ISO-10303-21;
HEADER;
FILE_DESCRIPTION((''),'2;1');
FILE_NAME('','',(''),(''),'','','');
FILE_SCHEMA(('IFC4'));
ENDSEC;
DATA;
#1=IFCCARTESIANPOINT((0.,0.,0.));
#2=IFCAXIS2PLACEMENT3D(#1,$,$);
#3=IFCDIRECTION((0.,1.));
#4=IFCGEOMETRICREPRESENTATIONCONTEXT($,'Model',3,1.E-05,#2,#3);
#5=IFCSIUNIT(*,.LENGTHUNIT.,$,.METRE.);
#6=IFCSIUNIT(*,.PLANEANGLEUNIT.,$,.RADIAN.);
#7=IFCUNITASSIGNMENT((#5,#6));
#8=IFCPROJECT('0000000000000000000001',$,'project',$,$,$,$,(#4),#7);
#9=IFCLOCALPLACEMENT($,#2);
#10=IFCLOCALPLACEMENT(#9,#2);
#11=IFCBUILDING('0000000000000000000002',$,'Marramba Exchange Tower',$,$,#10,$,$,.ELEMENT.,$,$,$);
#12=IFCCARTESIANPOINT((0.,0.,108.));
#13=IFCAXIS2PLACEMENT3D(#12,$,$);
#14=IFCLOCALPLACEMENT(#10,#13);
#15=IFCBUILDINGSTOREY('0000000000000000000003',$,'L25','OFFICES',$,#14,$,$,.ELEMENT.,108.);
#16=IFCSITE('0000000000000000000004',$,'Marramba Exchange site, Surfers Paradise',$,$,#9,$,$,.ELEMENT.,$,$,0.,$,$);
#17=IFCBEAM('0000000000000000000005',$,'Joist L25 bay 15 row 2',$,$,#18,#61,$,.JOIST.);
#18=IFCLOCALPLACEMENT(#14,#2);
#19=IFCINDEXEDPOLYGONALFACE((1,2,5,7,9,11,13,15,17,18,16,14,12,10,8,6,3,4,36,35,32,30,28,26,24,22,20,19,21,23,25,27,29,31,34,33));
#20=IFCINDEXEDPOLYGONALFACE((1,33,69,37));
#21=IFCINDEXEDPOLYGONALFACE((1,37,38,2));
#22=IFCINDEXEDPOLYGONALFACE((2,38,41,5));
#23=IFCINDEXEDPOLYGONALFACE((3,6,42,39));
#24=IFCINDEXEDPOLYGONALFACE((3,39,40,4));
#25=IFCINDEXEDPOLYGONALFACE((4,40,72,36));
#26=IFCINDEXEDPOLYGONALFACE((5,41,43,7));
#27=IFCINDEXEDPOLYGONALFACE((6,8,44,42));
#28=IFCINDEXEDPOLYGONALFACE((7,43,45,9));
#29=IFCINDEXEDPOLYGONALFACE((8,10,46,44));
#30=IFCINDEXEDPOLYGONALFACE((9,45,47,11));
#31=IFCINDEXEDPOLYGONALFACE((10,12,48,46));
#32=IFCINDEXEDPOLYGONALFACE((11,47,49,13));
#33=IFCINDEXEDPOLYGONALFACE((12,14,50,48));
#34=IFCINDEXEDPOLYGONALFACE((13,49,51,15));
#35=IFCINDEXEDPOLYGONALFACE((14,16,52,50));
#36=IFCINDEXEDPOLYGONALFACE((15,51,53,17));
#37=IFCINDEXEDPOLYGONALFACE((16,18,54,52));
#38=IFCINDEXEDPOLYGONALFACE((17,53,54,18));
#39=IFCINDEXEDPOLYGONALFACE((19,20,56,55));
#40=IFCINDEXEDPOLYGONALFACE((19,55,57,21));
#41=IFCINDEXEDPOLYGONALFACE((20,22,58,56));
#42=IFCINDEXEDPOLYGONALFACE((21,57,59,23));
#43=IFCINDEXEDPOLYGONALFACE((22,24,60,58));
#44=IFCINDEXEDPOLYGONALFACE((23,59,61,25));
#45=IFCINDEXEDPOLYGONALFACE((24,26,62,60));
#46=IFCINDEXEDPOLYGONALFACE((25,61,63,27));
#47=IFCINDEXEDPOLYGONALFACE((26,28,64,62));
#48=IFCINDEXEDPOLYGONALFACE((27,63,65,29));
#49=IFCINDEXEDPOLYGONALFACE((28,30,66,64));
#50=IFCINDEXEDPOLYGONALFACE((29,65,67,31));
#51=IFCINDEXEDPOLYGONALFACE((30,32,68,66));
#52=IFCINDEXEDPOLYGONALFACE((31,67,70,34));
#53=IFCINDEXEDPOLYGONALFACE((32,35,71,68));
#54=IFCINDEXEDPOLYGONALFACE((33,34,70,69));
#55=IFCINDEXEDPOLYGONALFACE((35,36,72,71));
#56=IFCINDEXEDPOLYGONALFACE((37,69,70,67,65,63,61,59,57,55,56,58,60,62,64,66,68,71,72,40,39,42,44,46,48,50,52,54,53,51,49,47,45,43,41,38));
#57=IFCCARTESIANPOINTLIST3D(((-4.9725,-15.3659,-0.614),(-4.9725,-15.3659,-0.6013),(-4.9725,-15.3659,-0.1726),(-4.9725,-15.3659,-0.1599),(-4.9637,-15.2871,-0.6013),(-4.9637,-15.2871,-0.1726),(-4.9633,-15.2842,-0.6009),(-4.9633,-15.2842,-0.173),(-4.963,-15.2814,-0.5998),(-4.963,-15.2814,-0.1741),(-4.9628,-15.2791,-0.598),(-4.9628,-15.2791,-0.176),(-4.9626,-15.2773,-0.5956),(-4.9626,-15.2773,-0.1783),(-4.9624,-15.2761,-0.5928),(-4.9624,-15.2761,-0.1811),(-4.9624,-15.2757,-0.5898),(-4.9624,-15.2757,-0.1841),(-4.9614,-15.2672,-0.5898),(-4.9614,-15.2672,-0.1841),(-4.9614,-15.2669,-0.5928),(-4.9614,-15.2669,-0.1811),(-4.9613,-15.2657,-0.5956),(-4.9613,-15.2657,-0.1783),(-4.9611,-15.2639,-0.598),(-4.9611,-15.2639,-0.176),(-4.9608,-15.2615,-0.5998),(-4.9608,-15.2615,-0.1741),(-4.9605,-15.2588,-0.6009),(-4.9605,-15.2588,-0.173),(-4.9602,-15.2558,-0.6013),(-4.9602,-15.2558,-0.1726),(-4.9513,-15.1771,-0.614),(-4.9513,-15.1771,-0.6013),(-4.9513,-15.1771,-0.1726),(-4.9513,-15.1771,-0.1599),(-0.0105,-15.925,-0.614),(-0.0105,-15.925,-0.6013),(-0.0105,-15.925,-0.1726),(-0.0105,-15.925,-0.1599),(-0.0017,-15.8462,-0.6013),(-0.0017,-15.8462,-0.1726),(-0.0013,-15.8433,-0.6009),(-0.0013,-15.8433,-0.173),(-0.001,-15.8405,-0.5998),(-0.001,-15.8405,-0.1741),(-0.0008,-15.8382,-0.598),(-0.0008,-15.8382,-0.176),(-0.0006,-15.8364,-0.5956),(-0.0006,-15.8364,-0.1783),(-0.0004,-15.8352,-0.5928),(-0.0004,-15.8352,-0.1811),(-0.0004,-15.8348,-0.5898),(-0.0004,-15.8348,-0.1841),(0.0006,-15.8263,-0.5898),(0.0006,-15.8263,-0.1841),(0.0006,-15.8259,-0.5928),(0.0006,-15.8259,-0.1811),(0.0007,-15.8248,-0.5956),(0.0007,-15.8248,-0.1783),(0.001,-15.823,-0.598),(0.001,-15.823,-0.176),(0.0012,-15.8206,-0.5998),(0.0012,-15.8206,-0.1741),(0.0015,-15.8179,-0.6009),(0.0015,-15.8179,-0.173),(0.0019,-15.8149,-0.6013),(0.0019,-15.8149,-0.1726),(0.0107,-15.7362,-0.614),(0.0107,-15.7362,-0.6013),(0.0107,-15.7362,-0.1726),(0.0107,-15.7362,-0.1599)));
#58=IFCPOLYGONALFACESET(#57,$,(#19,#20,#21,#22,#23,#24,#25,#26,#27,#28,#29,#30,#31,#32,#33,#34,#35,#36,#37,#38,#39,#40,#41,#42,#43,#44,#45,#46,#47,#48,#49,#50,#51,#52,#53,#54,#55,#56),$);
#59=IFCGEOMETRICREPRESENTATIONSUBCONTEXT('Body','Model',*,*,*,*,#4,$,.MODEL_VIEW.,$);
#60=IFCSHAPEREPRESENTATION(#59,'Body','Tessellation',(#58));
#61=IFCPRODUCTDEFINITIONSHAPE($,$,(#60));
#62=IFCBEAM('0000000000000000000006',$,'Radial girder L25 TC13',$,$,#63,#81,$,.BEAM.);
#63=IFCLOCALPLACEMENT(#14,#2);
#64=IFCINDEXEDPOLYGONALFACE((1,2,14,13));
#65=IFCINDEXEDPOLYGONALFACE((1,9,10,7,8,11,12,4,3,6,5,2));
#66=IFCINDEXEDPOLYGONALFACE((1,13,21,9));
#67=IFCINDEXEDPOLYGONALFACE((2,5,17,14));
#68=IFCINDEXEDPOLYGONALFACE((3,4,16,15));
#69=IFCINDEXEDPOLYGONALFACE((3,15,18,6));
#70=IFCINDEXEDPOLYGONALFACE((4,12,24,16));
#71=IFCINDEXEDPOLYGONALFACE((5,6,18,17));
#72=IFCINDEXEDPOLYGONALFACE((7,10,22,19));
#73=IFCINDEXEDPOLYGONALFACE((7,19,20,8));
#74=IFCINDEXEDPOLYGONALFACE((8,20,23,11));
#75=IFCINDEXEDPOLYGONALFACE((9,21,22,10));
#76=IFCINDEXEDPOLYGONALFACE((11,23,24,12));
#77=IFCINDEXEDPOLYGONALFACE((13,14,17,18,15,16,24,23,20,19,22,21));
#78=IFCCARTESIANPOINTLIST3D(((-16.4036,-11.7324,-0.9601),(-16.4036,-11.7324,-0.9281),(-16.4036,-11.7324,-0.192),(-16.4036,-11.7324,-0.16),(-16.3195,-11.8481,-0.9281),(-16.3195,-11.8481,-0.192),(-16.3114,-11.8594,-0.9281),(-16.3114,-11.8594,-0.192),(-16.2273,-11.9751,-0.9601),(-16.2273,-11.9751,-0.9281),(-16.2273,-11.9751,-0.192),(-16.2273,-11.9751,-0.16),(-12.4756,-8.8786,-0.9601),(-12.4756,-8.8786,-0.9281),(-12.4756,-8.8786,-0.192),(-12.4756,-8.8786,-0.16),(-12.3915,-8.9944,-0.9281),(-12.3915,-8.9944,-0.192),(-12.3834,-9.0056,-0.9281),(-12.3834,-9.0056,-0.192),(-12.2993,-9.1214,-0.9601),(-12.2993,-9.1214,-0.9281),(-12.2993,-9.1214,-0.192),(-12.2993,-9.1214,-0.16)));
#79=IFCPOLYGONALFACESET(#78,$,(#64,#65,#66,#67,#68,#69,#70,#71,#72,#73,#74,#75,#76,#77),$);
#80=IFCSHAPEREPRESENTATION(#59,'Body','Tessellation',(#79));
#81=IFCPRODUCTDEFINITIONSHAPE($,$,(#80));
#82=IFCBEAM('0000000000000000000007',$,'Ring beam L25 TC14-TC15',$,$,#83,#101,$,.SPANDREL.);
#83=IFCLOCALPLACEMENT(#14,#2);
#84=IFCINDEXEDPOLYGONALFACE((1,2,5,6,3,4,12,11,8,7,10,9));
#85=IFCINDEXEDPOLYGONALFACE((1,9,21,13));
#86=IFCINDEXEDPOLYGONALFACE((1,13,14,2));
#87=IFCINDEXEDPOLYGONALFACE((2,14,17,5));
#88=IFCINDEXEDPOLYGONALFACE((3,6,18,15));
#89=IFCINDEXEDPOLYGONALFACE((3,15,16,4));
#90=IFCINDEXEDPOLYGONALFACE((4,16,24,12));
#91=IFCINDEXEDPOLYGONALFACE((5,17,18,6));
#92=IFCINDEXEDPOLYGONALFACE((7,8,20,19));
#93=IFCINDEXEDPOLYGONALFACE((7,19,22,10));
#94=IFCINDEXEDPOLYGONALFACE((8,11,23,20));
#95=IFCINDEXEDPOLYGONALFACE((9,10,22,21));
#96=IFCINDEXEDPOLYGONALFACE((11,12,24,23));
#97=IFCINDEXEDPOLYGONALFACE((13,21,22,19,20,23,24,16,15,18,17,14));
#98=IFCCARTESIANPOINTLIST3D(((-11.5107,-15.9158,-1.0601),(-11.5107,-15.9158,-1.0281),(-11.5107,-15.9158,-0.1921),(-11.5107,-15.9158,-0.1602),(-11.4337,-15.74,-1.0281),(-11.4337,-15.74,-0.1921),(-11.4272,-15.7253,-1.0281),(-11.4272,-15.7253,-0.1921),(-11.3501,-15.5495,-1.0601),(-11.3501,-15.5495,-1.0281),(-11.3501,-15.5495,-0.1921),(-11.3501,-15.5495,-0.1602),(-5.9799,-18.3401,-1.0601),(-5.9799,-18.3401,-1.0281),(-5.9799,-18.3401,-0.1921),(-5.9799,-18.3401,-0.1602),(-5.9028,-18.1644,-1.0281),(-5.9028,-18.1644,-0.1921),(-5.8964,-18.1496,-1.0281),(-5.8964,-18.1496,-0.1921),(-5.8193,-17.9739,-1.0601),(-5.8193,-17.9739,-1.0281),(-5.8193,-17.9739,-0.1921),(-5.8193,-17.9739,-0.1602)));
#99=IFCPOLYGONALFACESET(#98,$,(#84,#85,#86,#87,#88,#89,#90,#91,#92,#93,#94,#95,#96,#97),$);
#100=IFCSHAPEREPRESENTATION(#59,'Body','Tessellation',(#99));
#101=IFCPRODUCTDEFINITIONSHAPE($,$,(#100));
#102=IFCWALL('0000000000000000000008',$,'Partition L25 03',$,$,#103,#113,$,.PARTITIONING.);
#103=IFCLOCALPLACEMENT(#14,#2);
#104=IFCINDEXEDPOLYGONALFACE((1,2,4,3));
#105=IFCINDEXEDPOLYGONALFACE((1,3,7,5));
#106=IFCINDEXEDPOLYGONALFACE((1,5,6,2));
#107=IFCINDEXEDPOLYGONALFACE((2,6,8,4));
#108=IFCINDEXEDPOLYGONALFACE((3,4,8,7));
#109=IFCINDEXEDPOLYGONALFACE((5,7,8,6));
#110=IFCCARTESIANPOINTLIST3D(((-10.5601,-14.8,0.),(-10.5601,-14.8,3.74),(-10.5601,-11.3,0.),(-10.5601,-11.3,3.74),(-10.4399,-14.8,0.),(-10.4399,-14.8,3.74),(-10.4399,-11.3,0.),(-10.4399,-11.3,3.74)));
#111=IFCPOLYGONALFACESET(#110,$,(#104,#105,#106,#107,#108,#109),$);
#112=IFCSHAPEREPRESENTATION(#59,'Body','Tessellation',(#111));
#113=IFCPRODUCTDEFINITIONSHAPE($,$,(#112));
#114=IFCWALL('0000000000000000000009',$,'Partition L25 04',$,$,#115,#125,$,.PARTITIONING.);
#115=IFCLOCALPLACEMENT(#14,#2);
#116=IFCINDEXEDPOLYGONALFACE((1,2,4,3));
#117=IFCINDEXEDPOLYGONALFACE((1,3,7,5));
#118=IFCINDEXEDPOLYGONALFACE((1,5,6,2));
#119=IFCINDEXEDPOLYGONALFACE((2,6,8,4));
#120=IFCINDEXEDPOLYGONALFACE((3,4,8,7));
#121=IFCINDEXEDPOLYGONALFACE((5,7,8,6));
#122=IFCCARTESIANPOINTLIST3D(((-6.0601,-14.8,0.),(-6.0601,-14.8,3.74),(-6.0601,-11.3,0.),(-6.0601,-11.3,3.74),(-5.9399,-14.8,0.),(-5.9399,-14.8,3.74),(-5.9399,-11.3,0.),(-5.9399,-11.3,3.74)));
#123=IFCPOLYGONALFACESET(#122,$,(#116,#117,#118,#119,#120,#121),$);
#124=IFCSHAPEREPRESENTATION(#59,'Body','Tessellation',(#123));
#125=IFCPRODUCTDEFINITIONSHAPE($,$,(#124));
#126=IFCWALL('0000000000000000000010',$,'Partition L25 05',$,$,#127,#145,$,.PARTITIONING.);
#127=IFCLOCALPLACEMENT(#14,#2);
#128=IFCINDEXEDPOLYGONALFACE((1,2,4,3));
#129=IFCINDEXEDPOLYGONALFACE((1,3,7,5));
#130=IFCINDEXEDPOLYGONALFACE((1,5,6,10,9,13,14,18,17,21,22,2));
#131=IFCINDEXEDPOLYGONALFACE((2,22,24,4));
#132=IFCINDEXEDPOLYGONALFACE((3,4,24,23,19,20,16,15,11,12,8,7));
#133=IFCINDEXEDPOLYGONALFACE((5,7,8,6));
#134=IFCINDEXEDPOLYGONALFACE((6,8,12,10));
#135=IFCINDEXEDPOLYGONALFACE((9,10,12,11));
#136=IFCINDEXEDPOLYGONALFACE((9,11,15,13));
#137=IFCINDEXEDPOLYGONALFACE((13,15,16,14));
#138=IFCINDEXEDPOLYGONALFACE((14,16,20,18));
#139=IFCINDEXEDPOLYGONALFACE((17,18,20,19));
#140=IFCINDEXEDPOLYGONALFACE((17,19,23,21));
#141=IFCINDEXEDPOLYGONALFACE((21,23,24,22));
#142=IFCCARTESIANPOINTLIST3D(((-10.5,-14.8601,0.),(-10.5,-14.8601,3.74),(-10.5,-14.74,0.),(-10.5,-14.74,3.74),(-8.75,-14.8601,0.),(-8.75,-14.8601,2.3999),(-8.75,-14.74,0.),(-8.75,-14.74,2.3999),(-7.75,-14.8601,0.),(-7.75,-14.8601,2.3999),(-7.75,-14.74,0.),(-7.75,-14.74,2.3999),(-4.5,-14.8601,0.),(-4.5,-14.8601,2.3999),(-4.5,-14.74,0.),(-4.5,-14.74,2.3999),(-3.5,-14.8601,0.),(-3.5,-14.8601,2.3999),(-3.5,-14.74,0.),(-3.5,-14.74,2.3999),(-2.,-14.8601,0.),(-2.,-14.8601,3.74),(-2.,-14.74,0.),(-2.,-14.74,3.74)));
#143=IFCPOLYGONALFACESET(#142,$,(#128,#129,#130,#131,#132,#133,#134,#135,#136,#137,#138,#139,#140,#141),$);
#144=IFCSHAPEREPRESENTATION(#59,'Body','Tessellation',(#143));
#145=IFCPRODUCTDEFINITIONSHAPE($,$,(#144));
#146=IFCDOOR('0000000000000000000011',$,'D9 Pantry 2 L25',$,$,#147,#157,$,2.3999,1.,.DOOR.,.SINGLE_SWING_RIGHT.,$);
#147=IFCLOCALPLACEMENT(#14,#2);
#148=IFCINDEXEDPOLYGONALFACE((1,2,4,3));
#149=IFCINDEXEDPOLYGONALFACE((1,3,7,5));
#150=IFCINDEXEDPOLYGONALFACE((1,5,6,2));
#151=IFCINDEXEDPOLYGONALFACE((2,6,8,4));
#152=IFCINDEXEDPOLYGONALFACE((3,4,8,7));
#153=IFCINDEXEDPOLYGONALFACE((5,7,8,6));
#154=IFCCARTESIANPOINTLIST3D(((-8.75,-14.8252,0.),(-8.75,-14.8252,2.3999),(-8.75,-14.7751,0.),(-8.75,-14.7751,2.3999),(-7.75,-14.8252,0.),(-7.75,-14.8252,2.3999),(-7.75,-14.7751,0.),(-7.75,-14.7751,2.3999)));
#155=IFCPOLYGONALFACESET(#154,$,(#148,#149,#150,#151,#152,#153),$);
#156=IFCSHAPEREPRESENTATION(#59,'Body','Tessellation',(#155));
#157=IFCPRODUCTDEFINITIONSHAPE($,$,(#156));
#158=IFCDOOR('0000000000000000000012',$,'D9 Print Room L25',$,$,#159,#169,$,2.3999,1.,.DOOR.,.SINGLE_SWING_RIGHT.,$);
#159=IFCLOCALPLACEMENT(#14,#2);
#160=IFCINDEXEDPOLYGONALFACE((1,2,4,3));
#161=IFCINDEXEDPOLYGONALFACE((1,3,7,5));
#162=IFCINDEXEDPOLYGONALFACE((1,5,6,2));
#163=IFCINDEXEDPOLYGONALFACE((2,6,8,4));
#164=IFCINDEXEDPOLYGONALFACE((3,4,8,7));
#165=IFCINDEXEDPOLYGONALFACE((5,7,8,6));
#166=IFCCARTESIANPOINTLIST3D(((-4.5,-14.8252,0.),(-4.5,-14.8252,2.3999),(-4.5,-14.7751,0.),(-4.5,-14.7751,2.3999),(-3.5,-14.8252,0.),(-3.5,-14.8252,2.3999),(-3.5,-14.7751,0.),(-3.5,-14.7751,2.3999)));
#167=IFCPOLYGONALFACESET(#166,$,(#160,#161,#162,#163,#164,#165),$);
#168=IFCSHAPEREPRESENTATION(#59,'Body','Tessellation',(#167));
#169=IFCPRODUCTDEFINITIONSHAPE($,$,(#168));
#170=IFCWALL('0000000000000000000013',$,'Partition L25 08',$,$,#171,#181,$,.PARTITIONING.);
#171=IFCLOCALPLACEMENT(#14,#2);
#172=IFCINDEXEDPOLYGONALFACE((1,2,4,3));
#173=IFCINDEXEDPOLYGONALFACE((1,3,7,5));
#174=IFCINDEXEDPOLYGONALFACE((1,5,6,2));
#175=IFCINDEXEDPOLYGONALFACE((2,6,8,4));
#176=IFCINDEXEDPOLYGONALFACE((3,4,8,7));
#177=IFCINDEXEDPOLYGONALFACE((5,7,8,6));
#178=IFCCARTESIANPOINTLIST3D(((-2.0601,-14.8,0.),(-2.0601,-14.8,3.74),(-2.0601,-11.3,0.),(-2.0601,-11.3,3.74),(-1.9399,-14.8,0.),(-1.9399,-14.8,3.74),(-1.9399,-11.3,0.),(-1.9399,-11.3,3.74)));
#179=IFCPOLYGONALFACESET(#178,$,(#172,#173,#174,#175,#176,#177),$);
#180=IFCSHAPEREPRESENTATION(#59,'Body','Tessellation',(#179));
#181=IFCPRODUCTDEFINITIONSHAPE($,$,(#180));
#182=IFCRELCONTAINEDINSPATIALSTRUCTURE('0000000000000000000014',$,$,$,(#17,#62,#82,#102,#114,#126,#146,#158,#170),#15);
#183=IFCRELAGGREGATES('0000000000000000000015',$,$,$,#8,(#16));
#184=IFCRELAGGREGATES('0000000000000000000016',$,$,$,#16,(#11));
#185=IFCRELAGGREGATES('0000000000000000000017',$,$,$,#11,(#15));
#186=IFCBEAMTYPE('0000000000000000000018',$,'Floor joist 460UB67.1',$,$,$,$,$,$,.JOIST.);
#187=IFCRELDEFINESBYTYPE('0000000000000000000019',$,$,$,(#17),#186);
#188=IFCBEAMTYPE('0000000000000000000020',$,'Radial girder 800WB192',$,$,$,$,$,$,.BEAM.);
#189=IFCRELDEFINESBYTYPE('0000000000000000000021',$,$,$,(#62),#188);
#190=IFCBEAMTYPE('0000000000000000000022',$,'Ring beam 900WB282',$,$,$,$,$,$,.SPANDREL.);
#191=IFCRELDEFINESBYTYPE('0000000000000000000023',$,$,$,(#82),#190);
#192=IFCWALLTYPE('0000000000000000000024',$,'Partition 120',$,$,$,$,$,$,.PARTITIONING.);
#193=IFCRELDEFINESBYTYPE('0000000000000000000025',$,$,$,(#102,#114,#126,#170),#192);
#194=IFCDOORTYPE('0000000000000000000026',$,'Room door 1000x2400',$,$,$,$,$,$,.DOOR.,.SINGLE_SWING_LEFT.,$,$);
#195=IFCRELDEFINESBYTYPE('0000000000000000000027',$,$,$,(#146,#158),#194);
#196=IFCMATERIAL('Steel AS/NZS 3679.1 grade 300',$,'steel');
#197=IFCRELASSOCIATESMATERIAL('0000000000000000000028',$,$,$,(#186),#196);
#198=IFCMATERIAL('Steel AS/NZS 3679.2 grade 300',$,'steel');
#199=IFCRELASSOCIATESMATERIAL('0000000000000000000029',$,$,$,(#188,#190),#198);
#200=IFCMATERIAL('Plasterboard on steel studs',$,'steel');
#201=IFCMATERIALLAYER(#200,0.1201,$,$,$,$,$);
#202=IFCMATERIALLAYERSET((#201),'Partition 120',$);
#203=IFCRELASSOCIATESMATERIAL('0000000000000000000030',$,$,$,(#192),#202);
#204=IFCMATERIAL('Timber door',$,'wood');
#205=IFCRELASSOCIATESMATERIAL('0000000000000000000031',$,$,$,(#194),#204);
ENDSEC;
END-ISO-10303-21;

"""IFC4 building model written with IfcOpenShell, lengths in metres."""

from ifc_helpers import new_model, si_unit, direction, frame, frame_2d, origin, origin_2d, place, context, subcontext, project, spatial, rectangle, i_section, extrude, material, layer, layer_set, material_profile, profile_set, type_object, element, fill, save


model = new_model("IFC4")

# Units and contexts
model_context = context("Model", 3, precision=1e-05, world=origin(), true_north=direction((0.0, 1.0)))
body_context = subcontext(model_context, "Body", "Model", "MODEL_VIEW")
ifc_project = project(units=[si_unit("LENGTHUNIT", "METRE"), si_unit("PLANEANGLEUNIT", "RADIAN")], contexts=[model_context])

# Site, building, storey
site_placement = place(None, origin())
site = spatial("IfcSite", under=ifc_project, at=site_placement, Name="Marramba Exchange site, Surfers Paradise", CompositionType="ELEMENT", RefElevation=0.0)
building_placement = place(site_placement, origin())
building = spatial("IfcBuilding", under=site, at=building_placement, Name="Marramba Exchange Tower", CompositionType="ELEMENT")
storey_placement = place(building_placement, frame((0.0, 0.0, 108.0)))
storey = spatial("IfcBuildingStorey", under=building, at=storey_placement, Name="L25", Description="OFFICES", CompositionType="ELEMENT", Elevation=108.0)

# Beams
ifc_material_1 = material(Name="Steel AS/NZS 3679.2 grade 300", Category="steel")
ifc_material_2 = material(Name="Steel AS/NZS 3679.1 grade 300", Category="steel")
ifc_material_profile_1 = material_profile(ifc_material_2, i_section(OverallWidth=0.1899, OverallDepth=0.4541, WebThickness=0.0085, FlangeThickness=0.0127, FilletRadius=0.0115, at=origin_2d()), Name="460UB67.1")
ifc_profile_set_1 = profile_set([ifc_material_profile_1], Name="Steel AS/NZS 3679.1 grade 300")
beam_type_1 = type_object("IfcBeamType", Name="Floor joist 460UB67.1", PredefinedType="JOIST", material=ifc_profile_set_1)
beam_1_placement = place(storey_placement, frame((-4.9619, -15.2715, -0.387), z_axis=(0.993712, -0.111966, 0.0), x_axis=(0.111966, 0.993712, 0.0)))
element("IfcBeam", 1, at=beam_1_placement, inside=storey, type_object=beam_type_1, Name="Joist L25 bay 15 row 2", PredefinedType="JOIST", context=body_context, shape_type="SweptSolid", body=[
    extrude(i_section(OverallWidth=0.1899, OverallDepth=0.4541, WebThickness=0.0085, FlangeThickness=0.0127, FilletRadius=0.0115, at=origin_2d()), origin(), (0.0, 0.0, 1.0), 4.9934),
])
ifc_material_profile_2 = material_profile(ifc_material_1, i_section(OverallWidth=0.3, OverallDepth=0.8, WebThickness=0.0139, FlangeThickness=0.032, at=origin_2d()), Name="800WB192")
ifc_profile_set_2 = profile_set([ifc_material_profile_2], Name="Steel AS/NZS 3679.2 grade 300")
beam_type_2 = type_object("IfcBeamType", Name="Radial girder 800WB192", PredefinedType="BEAM", material=ifc_profile_set_2)
beam_2_placement = place(storey_placement, frame((-12.3875, -9.0, -0.5601), z_axis=(-0.809025, -0.587774, 0.0), x_axis=(0.587774, -0.809025, 0.0)))
element("IfcBeam", 2, at=beam_2_placement, inside=storey, type_object=beam_type_2, Name="Radial girder L25 TC13", PredefinedType="BEAM", context=body_context, shape_type="SweptSolid", body=[
    extrude(i_section(OverallWidth=0.3, OverallDepth=0.8, WebThickness=0.0139, FlangeThickness=0.032, at=origin_2d()), origin(), (0.0, 0.0, 1.0), 4.8552),
])
ifc_material_profile_3 = material_profile(ifc_material_1, i_section(OverallWidth=0.3999, OverallDepth=0.8999, WebThickness=0.0161, FlangeThickness=0.032, at=origin_2d()), Name="900WB282")
ifc_profile_set_3 = profile_set([ifc_material_profile_3], Name="Steel AS/NZS 3679.2 grade 300")
beam_type_3 = type_object("IfcBeamType", Name="Ring beam 900WB282", PredefinedType="SPANDREL", material=ifc_profile_set_3)
beam_3_placement = place(storey_placement, frame((-11.4304, -15.7327, -0.6101), z_axis=(0.915877, -0.401459, 0.0), x_axis=(0.401459, 0.915877, 0.0)))
element("IfcBeam", 3, at=beam_3_placement, inside=storey, type_object=beam_type_3, Name="Ring beam L25 TC14-TC15", PredefinedType="SPANDREL", context=body_context, shape_type="SweptSolid", body=[
    extrude(i_section(OverallWidth=0.3999, OverallDepth=0.8999, WebThickness=0.0161, FlangeThickness=0.032, at=origin_2d()), origin(), (0.0, 0.0, 1.0), 6.0388),
])

# Walls
ifc_material_3 = material(Name="Plasterboard on steel studs", Category="steel")
ifc_layer = layer(ifc_material_3, 0.1201)
ifc_layer_set = layer_set([ifc_layer], Name="Partition 120")
wall_type = type_object("IfcWallType", Name="Partition 120", PredefinedType="PARTITIONING", material=ifc_layer_set)
for number, where, z_axis, x_axis, name in (
    (4, (-10.5, -11.3, 0.0), (0.0, 0.0, 1.0), (0.0, -1.0, 0.0), "Partition L25 03"),
    (5, (-6.0, -11.3, 0.0), (0.0, 0.0, 1.0), (0.0, -1.0, 0.0), "Partition L25 04"),
):
    element("IfcWall", number, at=place(storey_placement, frame(where, z_axis=z_axis, x_axis=x_axis)), inside=storey, type_object=wall_type, Name=name, PredefinedType="PARTITIONING", context=body_context, shape_type="SweptSolid", body=[
        extrude(rectangle(XDim=3.5, YDim=0.1201, at=frame_2d((1.75, 0.0))), origin(), (0.0, 0.0, 1.0), 3.74),
    ])

# Wall, openings, doors
wall_1_placement = place(storey_placement, frame((-10.5, -14.8, 0.0), z_axis=(0.0, 0.0, 1.0), x_axis=(1.0, 0.0, 0.0)))
wall_1 = element("IfcWall", 6, at=wall_1_placement, inside=storey, type_object=wall_type, Name="Partition L25 05", PredefinedType="PARTITIONING", context=body_context, shape_type="SweptSolid", body=[
    extrude(rectangle(XDim=8.5, YDim=0.1201, at=frame_2d((4.25, 0.0))), origin(), (0.0, 0.0, 1.0), 3.74),
])
opening_1_placement = place(wall_1_placement, frame((1.75, 0.0, 0.0)))
opening_1 = element("IfcOpeningElement", 7, at=opening_1_placement, cuts=wall_1, PredefinedType="OPENING", context=body_context, shape_type="SweptSolid", body=[
    extrude(rectangle(XDim=1.0, YDim=2.3999, at=frame_2d((0.5, 1.2))), frame((0.0, 0.0701, 0.0), z_axis=(0.0, -1.0, 0.0), x_axis=(1.0, 0.0, 0.0)), (0.0, 0.0, 1.0), 0.1401),
])
opening_2_placement = place(wall_1_placement, frame((6.0, 0.0, 0.0)))
opening_2 = element("IfcOpeningElement", 8, at=opening_2_placement, cuts=wall_1, PredefinedType="OPENING", context=body_context, shape_type="SweptSolid", body=[
    extrude(rectangle(XDim=1.0, YDim=2.3999, at=frame_2d((0.5, 1.2))), frame((0.0, 0.0701, 0.0), z_axis=(0.0, -1.0, 0.0), x_axis=(1.0, 0.0, 0.0)), (0.0, 0.0, 1.0), 0.1401),
])
ifc_material_4 = material(Name="Timber door", Category="wood")
door_type = type_object("IfcDoorType", Name="Room door 1000x2400", OperationType="SINGLE_SWING_LEFT", PredefinedType="DOOR", material=ifc_material_4)
door_1_placement = place(opening_1_placement, origin())
door_1 = element("IfcDoor", 9, at=door_1_placement, inside=storey, type_object=door_type, Name="D9 Pantry 2 L25", OperationType="SINGLE_SWING_RIGHT", OverallHeight=2.3999, OverallWidth=1.0, PredefinedType="DOOR", context=body_context, shape_type="SweptSolid", body=[
    extrude(rectangle(XDim=1.0, YDim=2.3999, at=frame_2d((0.5, 1.2))), frame((0.0, 0.0249, 0.0), z_axis=(0.0, -1.0, 0.0), x_axis=(1.0, 0.0, 0.0)), (0.0, 0.0, 1.0), 0.05),
])
fill(opening_1, door_1)
door_2_placement = place(opening_2_placement, origin())
door_2 = element("IfcDoor", 10, at=door_2_placement, inside=storey, type_object=door_type, Name="D9 Print Room L25", OperationType="SINGLE_SWING_RIGHT", OverallHeight=2.3999, OverallWidth=1.0, PredefinedType="DOOR", context=body_context, shape_type="SweptSolid", body=[
    extrude(rectangle(XDim=1.0, YDim=2.3999, at=frame_2d((0.5, 1.2))), frame((0.0, 0.0249, 0.0), z_axis=(0.0, -1.0, 0.0), x_axis=(1.0, 0.0, 0.0)), (0.0, 0.0, 1.0), 0.05),
])
fill(opening_2, door_2)

# Wall
wall_2_placement = place(storey_placement, frame((-2.0, -14.8, 0.0), z_axis=(0.0, 0.0, 1.0), x_axis=(0.0, 1.0, 0.0)))
element("IfcWall", 11, at=wall_2_placement, inside=storey, type_object=wall_type, Name="Partition L25 08", PredefinedType="PARTITIONING", context=body_context, shape_type="SweptSolid", body=[
    extrude(rectangle(XDim=3.5, YDim=0.1201, at=frame_2d((1.75, 0.0))), origin(), (0.0, 0.0, 1.0), 3.74),
])

save(model, "model.ifc")
